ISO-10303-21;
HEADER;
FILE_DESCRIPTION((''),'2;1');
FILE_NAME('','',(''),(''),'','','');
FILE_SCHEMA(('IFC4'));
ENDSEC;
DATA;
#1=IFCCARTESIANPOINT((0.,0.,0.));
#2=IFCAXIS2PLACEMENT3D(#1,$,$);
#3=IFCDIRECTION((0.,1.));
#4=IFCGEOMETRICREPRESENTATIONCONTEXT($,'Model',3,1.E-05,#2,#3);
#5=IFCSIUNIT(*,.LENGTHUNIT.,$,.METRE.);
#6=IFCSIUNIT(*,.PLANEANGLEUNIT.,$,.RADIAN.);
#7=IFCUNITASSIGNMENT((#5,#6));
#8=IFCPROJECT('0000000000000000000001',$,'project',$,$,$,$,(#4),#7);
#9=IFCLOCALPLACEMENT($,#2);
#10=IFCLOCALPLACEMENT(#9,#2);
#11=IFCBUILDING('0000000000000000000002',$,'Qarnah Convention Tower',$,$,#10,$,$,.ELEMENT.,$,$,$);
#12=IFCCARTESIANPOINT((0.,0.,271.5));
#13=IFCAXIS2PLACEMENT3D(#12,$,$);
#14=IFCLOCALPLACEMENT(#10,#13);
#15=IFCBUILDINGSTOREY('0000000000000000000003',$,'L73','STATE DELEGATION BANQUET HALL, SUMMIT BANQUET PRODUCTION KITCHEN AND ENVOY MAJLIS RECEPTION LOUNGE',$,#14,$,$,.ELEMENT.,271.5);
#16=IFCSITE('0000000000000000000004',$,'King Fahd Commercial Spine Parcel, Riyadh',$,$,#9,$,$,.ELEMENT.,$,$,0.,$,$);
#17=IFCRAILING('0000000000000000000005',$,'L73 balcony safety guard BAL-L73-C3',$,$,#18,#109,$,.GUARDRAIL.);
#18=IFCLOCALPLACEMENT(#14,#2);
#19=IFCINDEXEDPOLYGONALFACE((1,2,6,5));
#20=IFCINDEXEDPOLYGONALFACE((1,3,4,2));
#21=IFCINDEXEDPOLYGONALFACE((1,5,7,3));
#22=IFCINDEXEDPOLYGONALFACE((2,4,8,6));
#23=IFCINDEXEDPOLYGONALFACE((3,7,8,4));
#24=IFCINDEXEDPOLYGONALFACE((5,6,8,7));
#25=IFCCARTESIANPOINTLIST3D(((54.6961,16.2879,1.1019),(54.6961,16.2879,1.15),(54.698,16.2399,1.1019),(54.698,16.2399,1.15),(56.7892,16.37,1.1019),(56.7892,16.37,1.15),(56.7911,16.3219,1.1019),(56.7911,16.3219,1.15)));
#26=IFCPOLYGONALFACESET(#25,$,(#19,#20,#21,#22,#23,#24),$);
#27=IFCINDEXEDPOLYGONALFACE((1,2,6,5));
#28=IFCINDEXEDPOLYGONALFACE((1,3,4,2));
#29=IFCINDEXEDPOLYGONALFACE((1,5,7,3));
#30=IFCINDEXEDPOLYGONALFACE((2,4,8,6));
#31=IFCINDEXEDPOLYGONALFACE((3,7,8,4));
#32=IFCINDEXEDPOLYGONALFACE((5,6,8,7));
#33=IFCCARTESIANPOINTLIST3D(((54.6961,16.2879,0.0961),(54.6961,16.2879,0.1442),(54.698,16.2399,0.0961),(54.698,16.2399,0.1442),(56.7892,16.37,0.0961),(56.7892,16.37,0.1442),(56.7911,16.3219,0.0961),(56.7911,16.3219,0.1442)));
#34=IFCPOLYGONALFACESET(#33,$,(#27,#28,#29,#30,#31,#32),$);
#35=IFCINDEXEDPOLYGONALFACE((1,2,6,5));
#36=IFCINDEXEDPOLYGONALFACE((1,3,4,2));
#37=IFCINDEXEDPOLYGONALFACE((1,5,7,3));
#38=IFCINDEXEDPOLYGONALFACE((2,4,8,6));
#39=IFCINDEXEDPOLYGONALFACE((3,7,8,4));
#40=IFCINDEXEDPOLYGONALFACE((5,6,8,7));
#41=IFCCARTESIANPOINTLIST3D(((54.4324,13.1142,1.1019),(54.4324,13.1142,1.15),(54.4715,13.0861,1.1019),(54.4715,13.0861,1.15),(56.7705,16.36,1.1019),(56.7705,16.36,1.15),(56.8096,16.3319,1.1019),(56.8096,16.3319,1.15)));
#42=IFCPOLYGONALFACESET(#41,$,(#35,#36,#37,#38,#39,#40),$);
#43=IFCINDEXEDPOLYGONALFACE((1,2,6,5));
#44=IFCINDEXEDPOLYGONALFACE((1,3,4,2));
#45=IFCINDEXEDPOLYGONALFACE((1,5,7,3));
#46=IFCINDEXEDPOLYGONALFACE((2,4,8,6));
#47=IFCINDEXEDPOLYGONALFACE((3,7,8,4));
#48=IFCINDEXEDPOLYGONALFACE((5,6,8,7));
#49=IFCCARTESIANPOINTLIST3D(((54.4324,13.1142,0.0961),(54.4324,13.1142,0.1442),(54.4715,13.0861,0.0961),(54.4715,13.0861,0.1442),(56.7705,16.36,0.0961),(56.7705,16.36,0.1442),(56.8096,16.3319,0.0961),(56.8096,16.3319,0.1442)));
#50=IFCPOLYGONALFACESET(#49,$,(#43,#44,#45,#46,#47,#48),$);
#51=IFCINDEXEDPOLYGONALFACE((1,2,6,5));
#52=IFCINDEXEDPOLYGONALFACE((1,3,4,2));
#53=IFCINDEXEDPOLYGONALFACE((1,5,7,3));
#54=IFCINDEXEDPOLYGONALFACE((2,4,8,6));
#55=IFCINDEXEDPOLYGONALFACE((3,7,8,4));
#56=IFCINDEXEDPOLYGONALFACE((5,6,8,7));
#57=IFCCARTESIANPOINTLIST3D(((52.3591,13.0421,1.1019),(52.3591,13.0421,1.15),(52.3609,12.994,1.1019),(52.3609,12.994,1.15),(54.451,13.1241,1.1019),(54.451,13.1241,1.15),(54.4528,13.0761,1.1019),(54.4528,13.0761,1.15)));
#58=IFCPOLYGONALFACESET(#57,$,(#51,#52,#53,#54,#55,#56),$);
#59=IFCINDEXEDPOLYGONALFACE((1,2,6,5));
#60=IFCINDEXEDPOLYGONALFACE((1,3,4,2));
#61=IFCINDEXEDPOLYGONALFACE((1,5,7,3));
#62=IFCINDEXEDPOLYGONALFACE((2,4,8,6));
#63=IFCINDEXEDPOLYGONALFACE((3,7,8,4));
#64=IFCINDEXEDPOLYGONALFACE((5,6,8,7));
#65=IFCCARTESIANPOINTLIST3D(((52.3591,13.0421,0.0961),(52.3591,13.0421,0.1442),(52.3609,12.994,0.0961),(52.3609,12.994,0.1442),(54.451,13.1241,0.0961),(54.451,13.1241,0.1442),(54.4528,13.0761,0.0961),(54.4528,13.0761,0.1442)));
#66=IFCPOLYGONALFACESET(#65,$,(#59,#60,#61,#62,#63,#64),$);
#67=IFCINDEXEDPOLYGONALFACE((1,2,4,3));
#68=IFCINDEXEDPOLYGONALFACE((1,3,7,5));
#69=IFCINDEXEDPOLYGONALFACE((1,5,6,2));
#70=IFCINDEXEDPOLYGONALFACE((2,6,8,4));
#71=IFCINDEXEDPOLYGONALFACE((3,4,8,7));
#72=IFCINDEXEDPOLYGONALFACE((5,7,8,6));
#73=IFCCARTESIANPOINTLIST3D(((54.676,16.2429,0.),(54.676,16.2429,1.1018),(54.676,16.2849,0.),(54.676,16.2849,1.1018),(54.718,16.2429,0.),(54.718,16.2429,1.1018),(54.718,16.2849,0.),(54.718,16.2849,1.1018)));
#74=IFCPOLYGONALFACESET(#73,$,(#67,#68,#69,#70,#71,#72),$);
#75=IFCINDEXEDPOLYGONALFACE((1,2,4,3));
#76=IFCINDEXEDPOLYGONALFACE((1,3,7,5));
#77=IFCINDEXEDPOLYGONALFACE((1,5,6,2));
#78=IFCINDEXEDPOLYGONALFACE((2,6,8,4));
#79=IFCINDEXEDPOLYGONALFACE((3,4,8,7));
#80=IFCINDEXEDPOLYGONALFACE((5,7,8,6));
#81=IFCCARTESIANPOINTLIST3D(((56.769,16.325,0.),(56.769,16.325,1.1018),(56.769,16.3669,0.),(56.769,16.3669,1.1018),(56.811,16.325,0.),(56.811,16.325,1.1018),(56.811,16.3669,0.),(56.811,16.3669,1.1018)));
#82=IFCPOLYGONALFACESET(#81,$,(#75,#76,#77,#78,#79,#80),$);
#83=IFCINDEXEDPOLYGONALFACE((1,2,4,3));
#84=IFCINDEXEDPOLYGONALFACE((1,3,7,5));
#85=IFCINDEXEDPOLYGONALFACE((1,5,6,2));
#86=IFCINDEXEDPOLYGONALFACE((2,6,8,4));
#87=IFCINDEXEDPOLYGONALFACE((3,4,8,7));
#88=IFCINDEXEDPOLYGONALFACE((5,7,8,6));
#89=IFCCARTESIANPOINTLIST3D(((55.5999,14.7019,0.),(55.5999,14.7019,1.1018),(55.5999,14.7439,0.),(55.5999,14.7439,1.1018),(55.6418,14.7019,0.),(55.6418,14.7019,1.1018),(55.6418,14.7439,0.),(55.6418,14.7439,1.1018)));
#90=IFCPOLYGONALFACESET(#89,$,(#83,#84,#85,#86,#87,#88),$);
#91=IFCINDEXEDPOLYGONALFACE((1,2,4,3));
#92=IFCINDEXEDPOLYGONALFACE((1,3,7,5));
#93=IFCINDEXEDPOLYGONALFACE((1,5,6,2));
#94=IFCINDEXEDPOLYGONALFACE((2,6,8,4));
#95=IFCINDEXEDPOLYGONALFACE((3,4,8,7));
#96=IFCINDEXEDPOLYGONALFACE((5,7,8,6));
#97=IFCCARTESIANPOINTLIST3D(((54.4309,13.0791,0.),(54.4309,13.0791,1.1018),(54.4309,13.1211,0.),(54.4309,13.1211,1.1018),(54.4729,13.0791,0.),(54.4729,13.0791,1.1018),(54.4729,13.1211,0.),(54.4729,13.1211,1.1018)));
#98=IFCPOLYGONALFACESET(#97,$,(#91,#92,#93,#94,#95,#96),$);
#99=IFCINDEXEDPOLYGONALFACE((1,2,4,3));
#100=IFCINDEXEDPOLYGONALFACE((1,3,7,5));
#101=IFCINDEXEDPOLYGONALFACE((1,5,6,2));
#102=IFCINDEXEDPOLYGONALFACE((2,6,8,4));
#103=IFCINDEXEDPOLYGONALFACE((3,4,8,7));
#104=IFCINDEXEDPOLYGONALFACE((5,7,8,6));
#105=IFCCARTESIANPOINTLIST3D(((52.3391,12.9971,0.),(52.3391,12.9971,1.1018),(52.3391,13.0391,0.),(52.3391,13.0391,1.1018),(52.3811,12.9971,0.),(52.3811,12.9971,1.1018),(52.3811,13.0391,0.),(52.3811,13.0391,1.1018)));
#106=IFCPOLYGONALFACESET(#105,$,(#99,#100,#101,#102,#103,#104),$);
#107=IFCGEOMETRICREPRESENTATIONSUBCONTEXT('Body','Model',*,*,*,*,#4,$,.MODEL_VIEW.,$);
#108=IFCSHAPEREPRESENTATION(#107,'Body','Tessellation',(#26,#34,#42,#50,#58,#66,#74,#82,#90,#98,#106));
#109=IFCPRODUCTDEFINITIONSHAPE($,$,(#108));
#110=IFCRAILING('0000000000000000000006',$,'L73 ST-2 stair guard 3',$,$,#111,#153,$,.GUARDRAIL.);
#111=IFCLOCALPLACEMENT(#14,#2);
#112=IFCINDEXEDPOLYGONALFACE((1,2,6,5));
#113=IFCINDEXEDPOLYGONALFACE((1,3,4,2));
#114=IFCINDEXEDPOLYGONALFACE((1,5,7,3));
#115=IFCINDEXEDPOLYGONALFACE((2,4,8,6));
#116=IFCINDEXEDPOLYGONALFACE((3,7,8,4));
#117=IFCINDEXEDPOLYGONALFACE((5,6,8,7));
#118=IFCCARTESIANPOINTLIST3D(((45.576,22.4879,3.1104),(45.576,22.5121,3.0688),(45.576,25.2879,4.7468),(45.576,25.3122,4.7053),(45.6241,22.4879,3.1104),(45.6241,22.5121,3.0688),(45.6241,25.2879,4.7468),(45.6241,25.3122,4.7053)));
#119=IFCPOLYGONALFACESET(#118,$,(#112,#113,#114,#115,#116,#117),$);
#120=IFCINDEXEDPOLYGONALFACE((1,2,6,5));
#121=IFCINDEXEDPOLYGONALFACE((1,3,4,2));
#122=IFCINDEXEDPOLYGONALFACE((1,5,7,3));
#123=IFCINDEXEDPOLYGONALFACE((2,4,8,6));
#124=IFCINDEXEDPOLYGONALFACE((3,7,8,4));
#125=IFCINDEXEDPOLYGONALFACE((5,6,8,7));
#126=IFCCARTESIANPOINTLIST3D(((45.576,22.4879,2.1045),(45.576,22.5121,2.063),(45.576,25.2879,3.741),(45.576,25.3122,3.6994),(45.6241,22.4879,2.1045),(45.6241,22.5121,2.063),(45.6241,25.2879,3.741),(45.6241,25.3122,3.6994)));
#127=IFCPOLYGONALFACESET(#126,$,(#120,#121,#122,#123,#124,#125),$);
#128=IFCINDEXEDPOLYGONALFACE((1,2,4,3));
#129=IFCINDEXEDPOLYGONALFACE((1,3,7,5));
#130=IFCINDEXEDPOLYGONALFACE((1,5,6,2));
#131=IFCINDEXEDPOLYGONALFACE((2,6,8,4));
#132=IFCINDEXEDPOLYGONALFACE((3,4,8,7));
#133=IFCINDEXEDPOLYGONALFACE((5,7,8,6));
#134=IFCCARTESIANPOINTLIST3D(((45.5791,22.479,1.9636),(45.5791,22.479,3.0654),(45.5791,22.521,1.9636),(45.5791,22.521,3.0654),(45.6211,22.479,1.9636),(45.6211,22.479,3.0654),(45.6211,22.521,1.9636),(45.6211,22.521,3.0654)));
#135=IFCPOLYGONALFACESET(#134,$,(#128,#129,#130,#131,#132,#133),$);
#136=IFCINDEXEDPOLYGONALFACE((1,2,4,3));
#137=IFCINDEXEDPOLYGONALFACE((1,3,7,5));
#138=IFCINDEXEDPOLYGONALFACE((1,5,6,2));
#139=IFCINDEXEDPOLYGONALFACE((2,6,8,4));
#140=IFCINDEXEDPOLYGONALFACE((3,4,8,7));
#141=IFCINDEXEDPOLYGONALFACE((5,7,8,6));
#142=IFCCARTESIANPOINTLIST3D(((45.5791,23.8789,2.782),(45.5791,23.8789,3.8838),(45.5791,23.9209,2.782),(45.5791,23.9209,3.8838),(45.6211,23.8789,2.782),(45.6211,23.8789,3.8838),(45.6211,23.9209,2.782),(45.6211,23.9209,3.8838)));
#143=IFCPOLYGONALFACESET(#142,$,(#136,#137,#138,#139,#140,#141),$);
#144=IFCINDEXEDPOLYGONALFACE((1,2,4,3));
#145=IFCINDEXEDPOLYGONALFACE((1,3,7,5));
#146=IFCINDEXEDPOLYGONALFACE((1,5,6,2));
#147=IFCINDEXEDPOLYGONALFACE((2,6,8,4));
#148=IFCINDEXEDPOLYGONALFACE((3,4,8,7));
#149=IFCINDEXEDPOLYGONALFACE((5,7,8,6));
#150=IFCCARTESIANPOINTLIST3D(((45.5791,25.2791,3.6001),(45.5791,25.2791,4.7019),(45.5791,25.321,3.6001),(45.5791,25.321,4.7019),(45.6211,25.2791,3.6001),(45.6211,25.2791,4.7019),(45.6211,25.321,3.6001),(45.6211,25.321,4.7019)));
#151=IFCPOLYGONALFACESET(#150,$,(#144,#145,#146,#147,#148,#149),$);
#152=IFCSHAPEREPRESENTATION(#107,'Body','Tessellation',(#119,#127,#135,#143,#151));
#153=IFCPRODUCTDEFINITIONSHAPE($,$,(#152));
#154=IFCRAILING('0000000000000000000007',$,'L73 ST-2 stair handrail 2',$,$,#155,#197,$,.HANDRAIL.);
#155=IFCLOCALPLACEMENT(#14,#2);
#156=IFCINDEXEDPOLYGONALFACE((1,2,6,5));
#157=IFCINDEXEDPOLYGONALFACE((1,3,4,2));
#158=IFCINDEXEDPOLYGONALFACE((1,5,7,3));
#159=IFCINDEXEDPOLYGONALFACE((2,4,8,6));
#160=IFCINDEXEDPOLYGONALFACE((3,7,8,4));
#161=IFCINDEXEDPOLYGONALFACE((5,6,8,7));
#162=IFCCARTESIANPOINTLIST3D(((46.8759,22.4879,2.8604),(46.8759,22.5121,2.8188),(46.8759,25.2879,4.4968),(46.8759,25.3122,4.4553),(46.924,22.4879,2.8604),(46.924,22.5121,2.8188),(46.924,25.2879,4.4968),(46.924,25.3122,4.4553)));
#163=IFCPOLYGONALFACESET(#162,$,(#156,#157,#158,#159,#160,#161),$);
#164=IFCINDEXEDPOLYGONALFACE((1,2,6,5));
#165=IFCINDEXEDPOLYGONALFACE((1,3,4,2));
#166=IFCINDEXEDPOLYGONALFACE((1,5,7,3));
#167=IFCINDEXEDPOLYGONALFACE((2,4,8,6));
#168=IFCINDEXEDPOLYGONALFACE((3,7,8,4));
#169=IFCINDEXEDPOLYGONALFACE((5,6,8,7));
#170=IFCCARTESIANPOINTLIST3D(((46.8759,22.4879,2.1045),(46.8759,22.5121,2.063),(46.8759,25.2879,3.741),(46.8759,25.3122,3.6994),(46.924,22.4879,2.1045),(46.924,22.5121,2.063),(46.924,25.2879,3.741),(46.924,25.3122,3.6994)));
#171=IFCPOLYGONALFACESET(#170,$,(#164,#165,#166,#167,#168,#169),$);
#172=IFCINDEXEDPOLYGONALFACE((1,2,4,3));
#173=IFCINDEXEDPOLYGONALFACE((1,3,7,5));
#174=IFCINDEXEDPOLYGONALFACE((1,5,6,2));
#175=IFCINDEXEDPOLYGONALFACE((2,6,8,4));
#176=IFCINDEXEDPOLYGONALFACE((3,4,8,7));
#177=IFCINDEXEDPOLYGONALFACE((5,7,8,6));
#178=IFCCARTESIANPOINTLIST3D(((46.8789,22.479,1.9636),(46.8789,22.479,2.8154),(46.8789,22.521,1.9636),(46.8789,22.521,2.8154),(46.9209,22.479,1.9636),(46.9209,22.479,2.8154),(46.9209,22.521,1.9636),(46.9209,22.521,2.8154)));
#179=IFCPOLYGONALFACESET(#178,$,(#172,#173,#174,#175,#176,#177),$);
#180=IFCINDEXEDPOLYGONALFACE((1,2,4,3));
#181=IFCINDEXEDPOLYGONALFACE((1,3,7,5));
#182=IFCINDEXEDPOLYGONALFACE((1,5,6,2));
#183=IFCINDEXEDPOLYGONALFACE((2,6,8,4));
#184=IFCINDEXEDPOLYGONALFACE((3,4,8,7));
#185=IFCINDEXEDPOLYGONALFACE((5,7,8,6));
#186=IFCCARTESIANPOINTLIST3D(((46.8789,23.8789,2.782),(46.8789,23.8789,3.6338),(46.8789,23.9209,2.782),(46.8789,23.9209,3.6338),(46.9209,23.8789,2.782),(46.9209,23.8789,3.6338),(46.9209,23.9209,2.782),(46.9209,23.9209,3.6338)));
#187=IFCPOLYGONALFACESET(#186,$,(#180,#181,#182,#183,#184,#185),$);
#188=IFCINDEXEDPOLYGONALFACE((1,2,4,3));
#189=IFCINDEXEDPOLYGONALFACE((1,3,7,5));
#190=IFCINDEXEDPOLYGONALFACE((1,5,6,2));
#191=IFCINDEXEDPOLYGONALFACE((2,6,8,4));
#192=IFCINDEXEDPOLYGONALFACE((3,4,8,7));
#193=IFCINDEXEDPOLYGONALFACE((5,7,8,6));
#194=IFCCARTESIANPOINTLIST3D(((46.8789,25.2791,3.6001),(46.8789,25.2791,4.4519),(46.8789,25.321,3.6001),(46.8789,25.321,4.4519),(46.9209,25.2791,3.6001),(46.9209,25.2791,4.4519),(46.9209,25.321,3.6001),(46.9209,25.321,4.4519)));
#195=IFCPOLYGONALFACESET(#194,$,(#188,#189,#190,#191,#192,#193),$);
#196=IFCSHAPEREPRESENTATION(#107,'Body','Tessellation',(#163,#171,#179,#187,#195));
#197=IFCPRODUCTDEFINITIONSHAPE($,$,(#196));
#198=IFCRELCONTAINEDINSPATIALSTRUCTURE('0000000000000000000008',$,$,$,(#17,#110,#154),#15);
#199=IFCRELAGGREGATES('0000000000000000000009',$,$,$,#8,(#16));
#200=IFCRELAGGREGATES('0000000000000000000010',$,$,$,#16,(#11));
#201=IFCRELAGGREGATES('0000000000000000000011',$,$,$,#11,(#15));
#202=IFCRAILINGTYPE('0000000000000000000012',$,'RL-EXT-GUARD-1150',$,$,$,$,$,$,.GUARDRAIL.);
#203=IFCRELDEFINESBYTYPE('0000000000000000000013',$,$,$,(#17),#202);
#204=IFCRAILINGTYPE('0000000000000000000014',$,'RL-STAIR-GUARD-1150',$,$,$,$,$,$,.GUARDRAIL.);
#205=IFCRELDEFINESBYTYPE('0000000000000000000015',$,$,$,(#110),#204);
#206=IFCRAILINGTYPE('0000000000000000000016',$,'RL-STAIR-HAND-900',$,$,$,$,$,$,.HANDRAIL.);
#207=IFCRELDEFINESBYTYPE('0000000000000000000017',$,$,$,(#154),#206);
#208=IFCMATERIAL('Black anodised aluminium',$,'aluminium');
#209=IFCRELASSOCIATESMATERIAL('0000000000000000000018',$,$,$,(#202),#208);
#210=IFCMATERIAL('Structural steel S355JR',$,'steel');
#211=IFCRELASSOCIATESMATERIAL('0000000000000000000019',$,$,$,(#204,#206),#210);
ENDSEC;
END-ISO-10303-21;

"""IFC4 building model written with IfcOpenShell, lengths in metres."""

from ifc_helpers import new_model, si_unit, direction, frame, origin, origin_2d, place, context, subcontext, project, spatial, rectangle, extrude, material, type_object, element, save


model = new_model("IFC4")

# Units and contexts
model_context = context("Model", 3, precision=1e-05, world=origin(), true_north=direction((0.0, 1.0)))
body_context = subcontext(model_context, "Body", "Model", "MODEL_VIEW")
ifc_project = project(units=[si_unit("LENGTHUNIT", "METRE"), si_unit("PLANEANGLEUNIT", "RADIAN")], contexts=[model_context])

# Site, building, storey
site_placement = place(None, origin())
site = spatial("IfcSite", under=ifc_project, at=site_placement, Name="King Fahd Commercial Spine Parcel, Riyadh", CompositionType="ELEMENT", RefElevation=0.0)
building_placement = place(site_placement, origin())
building = spatial("IfcBuilding", under=site, at=building_placement, Name="Qarnah Convention Tower", CompositionType="ELEMENT")
storey_placement = place(building_placement, frame((0.0, 0.0, 271.5)))
storey = spatial("IfcBuildingStorey", under=building, at=storey_placement, Name="L73", Description="STATE DELEGATION BANQUET HALL, SUMMIT BANQUET PRODUCTION KITCHEN AND ENVOY MAJLIS RECEPTION LOUNGE", CompositionType="ELEMENT", Elevation=271.5)

# Shared definitions
ifc_material_1 = material(Name="Structural steel S355JR", Category="steel")

# Shared definitions
ifc_material_2 = material(Name="Black anodised aluminium", Category="aluminium")

# Railings
railing_type_1 = type_object("IfcRailingType", Name="RL-EXT-GUARD-1150", PredefinedType="GUARDRAIL", material=ifc_material_2)
railing_1_placement = place(storey_placement, frame((54.697, 16.2639, 0.0)))
element("IfcRailing", 1, at=railing_1_placement, inside=storey, type_object=railing_type_1, Name="L73 balcony safety guard BAL-L73-C3", PredefinedType="GUARDRAIL", context=body_context, shape_type="SweptSolid", body=[
    extrude(rectangle(XDim=0.0481, YDim=0.0481, at=origin_2d()), frame((0.0, 0.0, 1.126), z_axis=(0.999233, 0.039163, 0.0), x_axis=(-0.039163, 0.999233, 0.0)), (0.0, 0.0, 1.0), 2.0947),
    extrude(rectangle(XDim=0.0481, YDim=0.0481, at=origin_2d()), frame((0.0, 0.0, 0.1201), z_axis=(0.999233, 0.039163, 0.0), x_axis=(-0.039163, 0.999233, 0.0)), (0.0, 0.0, 1.0), 2.0947),
    extrude(rectangle(XDim=0.0481, YDim=0.0481, at=origin_2d()), frame((2.093, 0.082, 1.126), z_axis=(-0.58449, -0.811401, 0.0), x_axis=(0.811401, -0.58449, 0.0)), (0.0, 0.0, 1.0), 4.0002),
    extrude(rectangle(XDim=0.0481, YDim=0.0481, at=origin_2d()), frame((2.093, 0.082, 0.1201), z_axis=(-0.58449, -0.811401, 0.0), x_axis=(0.811401, -0.58449, 0.0)), (0.0, 0.0, 1.0), 4.0002),
    extrude(rectangle(XDim=0.0481, YDim=0.0481, at=origin_2d()), frame((-0.2451, -3.1638, 1.126), z_axis=(-0.999232, -0.039186, 0.0), x_axis=(0.039186, -0.999232, 0.0)), (0.0, 0.0, 1.0), 2.0935),
    extrude(rectangle(XDim=0.0481, YDim=0.0481, at=origin_2d()), frame((-0.2451, -3.1638, 0.1201), z_axis=(-0.999232, -0.039186, 0.0), x_axis=(0.039186, -0.999232, 0.0)), (0.0, 0.0, 1.0), 2.0935),
    extrude(rectangle(XDim=0.042, YDim=0.042, at=origin_2d()), origin(), (0.0, 0.0, 1.0), 1.1018),
    extrude(rectangle(XDim=0.042, YDim=0.042, at=origin_2d()), frame((2.093, 0.082, 0.0)), (0.0, 0.0, 1.0), 1.1018),
    extrude(rectangle(XDim=0.042, YDim=0.042, at=origin_2d()), frame((0.9238, -1.541, 0.0)), (0.0, 0.0, 1.0), 1.1018),
    extrude(rectangle(XDim=0.042, YDim=0.042, at=origin_2d()), frame((-0.2451, -3.1638, 0.0)), (0.0, 0.0, 1.0), 1.1018),
    extrude(rectangle(XDim=0.042, YDim=0.042, at=origin_2d()), frame((-2.3369, -3.2458, 0.0)), (0.0, 0.0, 1.0), 1.1018),
])
railing_type_2 = type_object("IfcRailingType", Name="RL-STAIR-GUARD-1150", PredefinedType="GUARDRAIL", material=ifc_material_1)
railing_2_placement = place(storey_placement, frame((45.6001, 22.5, 1.9636)))
element("IfcRailing", 2, at=railing_2_placement, inside=storey, type_object=railing_type_2, Name="L73 ST-2 stair guard 3", PredefinedType="GUARDRAIL", context=body_context, shape_type="SweptSolid", body=[
    extrude(rectangle(XDim=0.0481, YDim=0.0481, at=origin_2d()), frame((0.0, 0.0, 1.126), z_axis=(0.0, 0.863361, 0.504587), x_axis=(-1.0, 0.0, 0.0)), (0.0, 0.0, 1.0), 3.2432),
    extrude(rectangle(XDim=0.0481, YDim=0.0481, at=origin_2d()), frame((0.0, 0.0, 0.1201), z_axis=(0.0, 0.863361, 0.504587), x_axis=(-1.0, 0.0, 0.0)), (0.0, 0.0, 1.0), 3.2432),
    extrude(rectangle(XDim=0.042, YDim=0.042, at=origin_2d()), origin(), (0.0, 0.0, 1.0), 1.1018),
    extrude(rectangle(XDim=0.042, YDim=0.042, at=origin_2d()), frame((0.0, 1.3999, 0.8184)), (0.0, 0.0, 1.0), 1.1018),
    extrude(rectangle(XDim=0.042, YDim=0.042, at=origin_2d()), frame((0.0, 2.8, 1.6365)), (0.0, 0.0, 1.0), 1.1018),
])
railing_type_3 = type_object("IfcRailingType", Name="RL-STAIR-HAND-900", PredefinedType="HANDRAIL", material=ifc_material_1)
railing_3_placement = place(storey_placement, frame((46.8999, 22.5, 1.9636)))
element("IfcRailing", 3, at=railing_3_placement, inside=storey, type_object=railing_type_3, Name="L73 ST-2 stair handrail 2", PredefinedType="HANDRAIL", context=body_context, shape_type="SweptSolid", body=[
    extrude(rectangle(XDim=0.0481, YDim=0.0481, at=origin_2d()), frame((0.0, 0.0, 0.876), z_axis=(0.0, 0.863361, 0.504587), x_axis=(-1.0, 0.0, 0.0)), (0.0, 0.0, 1.0), 3.2432),
    extrude(rectangle(XDim=0.0481, YDim=0.0481, at=origin_2d()), frame((0.0, 0.0, 0.1201), z_axis=(0.0, 0.863361, 0.504587), x_axis=(-1.0, 0.0, 0.0)), (0.0, 0.0, 1.0), 3.2432),
    extrude(rectangle(XDim=0.042, YDim=0.042, at=origin_2d()), origin(), (0.0, 0.0, 1.0), 0.8518),
    extrude(rectangle(XDim=0.042, YDim=0.042, at=origin_2d()), frame((0.0, 1.3999, 0.8184)), (0.0, 0.0, 1.0), 0.8518),
    extrude(rectangle(XDim=0.042, YDim=0.042, at=origin_2d()), frame((0.0, 2.8, 1.6365)), (0.0, 0.0, 1.0), 0.8518),
])

save(model, "model.ifc")
